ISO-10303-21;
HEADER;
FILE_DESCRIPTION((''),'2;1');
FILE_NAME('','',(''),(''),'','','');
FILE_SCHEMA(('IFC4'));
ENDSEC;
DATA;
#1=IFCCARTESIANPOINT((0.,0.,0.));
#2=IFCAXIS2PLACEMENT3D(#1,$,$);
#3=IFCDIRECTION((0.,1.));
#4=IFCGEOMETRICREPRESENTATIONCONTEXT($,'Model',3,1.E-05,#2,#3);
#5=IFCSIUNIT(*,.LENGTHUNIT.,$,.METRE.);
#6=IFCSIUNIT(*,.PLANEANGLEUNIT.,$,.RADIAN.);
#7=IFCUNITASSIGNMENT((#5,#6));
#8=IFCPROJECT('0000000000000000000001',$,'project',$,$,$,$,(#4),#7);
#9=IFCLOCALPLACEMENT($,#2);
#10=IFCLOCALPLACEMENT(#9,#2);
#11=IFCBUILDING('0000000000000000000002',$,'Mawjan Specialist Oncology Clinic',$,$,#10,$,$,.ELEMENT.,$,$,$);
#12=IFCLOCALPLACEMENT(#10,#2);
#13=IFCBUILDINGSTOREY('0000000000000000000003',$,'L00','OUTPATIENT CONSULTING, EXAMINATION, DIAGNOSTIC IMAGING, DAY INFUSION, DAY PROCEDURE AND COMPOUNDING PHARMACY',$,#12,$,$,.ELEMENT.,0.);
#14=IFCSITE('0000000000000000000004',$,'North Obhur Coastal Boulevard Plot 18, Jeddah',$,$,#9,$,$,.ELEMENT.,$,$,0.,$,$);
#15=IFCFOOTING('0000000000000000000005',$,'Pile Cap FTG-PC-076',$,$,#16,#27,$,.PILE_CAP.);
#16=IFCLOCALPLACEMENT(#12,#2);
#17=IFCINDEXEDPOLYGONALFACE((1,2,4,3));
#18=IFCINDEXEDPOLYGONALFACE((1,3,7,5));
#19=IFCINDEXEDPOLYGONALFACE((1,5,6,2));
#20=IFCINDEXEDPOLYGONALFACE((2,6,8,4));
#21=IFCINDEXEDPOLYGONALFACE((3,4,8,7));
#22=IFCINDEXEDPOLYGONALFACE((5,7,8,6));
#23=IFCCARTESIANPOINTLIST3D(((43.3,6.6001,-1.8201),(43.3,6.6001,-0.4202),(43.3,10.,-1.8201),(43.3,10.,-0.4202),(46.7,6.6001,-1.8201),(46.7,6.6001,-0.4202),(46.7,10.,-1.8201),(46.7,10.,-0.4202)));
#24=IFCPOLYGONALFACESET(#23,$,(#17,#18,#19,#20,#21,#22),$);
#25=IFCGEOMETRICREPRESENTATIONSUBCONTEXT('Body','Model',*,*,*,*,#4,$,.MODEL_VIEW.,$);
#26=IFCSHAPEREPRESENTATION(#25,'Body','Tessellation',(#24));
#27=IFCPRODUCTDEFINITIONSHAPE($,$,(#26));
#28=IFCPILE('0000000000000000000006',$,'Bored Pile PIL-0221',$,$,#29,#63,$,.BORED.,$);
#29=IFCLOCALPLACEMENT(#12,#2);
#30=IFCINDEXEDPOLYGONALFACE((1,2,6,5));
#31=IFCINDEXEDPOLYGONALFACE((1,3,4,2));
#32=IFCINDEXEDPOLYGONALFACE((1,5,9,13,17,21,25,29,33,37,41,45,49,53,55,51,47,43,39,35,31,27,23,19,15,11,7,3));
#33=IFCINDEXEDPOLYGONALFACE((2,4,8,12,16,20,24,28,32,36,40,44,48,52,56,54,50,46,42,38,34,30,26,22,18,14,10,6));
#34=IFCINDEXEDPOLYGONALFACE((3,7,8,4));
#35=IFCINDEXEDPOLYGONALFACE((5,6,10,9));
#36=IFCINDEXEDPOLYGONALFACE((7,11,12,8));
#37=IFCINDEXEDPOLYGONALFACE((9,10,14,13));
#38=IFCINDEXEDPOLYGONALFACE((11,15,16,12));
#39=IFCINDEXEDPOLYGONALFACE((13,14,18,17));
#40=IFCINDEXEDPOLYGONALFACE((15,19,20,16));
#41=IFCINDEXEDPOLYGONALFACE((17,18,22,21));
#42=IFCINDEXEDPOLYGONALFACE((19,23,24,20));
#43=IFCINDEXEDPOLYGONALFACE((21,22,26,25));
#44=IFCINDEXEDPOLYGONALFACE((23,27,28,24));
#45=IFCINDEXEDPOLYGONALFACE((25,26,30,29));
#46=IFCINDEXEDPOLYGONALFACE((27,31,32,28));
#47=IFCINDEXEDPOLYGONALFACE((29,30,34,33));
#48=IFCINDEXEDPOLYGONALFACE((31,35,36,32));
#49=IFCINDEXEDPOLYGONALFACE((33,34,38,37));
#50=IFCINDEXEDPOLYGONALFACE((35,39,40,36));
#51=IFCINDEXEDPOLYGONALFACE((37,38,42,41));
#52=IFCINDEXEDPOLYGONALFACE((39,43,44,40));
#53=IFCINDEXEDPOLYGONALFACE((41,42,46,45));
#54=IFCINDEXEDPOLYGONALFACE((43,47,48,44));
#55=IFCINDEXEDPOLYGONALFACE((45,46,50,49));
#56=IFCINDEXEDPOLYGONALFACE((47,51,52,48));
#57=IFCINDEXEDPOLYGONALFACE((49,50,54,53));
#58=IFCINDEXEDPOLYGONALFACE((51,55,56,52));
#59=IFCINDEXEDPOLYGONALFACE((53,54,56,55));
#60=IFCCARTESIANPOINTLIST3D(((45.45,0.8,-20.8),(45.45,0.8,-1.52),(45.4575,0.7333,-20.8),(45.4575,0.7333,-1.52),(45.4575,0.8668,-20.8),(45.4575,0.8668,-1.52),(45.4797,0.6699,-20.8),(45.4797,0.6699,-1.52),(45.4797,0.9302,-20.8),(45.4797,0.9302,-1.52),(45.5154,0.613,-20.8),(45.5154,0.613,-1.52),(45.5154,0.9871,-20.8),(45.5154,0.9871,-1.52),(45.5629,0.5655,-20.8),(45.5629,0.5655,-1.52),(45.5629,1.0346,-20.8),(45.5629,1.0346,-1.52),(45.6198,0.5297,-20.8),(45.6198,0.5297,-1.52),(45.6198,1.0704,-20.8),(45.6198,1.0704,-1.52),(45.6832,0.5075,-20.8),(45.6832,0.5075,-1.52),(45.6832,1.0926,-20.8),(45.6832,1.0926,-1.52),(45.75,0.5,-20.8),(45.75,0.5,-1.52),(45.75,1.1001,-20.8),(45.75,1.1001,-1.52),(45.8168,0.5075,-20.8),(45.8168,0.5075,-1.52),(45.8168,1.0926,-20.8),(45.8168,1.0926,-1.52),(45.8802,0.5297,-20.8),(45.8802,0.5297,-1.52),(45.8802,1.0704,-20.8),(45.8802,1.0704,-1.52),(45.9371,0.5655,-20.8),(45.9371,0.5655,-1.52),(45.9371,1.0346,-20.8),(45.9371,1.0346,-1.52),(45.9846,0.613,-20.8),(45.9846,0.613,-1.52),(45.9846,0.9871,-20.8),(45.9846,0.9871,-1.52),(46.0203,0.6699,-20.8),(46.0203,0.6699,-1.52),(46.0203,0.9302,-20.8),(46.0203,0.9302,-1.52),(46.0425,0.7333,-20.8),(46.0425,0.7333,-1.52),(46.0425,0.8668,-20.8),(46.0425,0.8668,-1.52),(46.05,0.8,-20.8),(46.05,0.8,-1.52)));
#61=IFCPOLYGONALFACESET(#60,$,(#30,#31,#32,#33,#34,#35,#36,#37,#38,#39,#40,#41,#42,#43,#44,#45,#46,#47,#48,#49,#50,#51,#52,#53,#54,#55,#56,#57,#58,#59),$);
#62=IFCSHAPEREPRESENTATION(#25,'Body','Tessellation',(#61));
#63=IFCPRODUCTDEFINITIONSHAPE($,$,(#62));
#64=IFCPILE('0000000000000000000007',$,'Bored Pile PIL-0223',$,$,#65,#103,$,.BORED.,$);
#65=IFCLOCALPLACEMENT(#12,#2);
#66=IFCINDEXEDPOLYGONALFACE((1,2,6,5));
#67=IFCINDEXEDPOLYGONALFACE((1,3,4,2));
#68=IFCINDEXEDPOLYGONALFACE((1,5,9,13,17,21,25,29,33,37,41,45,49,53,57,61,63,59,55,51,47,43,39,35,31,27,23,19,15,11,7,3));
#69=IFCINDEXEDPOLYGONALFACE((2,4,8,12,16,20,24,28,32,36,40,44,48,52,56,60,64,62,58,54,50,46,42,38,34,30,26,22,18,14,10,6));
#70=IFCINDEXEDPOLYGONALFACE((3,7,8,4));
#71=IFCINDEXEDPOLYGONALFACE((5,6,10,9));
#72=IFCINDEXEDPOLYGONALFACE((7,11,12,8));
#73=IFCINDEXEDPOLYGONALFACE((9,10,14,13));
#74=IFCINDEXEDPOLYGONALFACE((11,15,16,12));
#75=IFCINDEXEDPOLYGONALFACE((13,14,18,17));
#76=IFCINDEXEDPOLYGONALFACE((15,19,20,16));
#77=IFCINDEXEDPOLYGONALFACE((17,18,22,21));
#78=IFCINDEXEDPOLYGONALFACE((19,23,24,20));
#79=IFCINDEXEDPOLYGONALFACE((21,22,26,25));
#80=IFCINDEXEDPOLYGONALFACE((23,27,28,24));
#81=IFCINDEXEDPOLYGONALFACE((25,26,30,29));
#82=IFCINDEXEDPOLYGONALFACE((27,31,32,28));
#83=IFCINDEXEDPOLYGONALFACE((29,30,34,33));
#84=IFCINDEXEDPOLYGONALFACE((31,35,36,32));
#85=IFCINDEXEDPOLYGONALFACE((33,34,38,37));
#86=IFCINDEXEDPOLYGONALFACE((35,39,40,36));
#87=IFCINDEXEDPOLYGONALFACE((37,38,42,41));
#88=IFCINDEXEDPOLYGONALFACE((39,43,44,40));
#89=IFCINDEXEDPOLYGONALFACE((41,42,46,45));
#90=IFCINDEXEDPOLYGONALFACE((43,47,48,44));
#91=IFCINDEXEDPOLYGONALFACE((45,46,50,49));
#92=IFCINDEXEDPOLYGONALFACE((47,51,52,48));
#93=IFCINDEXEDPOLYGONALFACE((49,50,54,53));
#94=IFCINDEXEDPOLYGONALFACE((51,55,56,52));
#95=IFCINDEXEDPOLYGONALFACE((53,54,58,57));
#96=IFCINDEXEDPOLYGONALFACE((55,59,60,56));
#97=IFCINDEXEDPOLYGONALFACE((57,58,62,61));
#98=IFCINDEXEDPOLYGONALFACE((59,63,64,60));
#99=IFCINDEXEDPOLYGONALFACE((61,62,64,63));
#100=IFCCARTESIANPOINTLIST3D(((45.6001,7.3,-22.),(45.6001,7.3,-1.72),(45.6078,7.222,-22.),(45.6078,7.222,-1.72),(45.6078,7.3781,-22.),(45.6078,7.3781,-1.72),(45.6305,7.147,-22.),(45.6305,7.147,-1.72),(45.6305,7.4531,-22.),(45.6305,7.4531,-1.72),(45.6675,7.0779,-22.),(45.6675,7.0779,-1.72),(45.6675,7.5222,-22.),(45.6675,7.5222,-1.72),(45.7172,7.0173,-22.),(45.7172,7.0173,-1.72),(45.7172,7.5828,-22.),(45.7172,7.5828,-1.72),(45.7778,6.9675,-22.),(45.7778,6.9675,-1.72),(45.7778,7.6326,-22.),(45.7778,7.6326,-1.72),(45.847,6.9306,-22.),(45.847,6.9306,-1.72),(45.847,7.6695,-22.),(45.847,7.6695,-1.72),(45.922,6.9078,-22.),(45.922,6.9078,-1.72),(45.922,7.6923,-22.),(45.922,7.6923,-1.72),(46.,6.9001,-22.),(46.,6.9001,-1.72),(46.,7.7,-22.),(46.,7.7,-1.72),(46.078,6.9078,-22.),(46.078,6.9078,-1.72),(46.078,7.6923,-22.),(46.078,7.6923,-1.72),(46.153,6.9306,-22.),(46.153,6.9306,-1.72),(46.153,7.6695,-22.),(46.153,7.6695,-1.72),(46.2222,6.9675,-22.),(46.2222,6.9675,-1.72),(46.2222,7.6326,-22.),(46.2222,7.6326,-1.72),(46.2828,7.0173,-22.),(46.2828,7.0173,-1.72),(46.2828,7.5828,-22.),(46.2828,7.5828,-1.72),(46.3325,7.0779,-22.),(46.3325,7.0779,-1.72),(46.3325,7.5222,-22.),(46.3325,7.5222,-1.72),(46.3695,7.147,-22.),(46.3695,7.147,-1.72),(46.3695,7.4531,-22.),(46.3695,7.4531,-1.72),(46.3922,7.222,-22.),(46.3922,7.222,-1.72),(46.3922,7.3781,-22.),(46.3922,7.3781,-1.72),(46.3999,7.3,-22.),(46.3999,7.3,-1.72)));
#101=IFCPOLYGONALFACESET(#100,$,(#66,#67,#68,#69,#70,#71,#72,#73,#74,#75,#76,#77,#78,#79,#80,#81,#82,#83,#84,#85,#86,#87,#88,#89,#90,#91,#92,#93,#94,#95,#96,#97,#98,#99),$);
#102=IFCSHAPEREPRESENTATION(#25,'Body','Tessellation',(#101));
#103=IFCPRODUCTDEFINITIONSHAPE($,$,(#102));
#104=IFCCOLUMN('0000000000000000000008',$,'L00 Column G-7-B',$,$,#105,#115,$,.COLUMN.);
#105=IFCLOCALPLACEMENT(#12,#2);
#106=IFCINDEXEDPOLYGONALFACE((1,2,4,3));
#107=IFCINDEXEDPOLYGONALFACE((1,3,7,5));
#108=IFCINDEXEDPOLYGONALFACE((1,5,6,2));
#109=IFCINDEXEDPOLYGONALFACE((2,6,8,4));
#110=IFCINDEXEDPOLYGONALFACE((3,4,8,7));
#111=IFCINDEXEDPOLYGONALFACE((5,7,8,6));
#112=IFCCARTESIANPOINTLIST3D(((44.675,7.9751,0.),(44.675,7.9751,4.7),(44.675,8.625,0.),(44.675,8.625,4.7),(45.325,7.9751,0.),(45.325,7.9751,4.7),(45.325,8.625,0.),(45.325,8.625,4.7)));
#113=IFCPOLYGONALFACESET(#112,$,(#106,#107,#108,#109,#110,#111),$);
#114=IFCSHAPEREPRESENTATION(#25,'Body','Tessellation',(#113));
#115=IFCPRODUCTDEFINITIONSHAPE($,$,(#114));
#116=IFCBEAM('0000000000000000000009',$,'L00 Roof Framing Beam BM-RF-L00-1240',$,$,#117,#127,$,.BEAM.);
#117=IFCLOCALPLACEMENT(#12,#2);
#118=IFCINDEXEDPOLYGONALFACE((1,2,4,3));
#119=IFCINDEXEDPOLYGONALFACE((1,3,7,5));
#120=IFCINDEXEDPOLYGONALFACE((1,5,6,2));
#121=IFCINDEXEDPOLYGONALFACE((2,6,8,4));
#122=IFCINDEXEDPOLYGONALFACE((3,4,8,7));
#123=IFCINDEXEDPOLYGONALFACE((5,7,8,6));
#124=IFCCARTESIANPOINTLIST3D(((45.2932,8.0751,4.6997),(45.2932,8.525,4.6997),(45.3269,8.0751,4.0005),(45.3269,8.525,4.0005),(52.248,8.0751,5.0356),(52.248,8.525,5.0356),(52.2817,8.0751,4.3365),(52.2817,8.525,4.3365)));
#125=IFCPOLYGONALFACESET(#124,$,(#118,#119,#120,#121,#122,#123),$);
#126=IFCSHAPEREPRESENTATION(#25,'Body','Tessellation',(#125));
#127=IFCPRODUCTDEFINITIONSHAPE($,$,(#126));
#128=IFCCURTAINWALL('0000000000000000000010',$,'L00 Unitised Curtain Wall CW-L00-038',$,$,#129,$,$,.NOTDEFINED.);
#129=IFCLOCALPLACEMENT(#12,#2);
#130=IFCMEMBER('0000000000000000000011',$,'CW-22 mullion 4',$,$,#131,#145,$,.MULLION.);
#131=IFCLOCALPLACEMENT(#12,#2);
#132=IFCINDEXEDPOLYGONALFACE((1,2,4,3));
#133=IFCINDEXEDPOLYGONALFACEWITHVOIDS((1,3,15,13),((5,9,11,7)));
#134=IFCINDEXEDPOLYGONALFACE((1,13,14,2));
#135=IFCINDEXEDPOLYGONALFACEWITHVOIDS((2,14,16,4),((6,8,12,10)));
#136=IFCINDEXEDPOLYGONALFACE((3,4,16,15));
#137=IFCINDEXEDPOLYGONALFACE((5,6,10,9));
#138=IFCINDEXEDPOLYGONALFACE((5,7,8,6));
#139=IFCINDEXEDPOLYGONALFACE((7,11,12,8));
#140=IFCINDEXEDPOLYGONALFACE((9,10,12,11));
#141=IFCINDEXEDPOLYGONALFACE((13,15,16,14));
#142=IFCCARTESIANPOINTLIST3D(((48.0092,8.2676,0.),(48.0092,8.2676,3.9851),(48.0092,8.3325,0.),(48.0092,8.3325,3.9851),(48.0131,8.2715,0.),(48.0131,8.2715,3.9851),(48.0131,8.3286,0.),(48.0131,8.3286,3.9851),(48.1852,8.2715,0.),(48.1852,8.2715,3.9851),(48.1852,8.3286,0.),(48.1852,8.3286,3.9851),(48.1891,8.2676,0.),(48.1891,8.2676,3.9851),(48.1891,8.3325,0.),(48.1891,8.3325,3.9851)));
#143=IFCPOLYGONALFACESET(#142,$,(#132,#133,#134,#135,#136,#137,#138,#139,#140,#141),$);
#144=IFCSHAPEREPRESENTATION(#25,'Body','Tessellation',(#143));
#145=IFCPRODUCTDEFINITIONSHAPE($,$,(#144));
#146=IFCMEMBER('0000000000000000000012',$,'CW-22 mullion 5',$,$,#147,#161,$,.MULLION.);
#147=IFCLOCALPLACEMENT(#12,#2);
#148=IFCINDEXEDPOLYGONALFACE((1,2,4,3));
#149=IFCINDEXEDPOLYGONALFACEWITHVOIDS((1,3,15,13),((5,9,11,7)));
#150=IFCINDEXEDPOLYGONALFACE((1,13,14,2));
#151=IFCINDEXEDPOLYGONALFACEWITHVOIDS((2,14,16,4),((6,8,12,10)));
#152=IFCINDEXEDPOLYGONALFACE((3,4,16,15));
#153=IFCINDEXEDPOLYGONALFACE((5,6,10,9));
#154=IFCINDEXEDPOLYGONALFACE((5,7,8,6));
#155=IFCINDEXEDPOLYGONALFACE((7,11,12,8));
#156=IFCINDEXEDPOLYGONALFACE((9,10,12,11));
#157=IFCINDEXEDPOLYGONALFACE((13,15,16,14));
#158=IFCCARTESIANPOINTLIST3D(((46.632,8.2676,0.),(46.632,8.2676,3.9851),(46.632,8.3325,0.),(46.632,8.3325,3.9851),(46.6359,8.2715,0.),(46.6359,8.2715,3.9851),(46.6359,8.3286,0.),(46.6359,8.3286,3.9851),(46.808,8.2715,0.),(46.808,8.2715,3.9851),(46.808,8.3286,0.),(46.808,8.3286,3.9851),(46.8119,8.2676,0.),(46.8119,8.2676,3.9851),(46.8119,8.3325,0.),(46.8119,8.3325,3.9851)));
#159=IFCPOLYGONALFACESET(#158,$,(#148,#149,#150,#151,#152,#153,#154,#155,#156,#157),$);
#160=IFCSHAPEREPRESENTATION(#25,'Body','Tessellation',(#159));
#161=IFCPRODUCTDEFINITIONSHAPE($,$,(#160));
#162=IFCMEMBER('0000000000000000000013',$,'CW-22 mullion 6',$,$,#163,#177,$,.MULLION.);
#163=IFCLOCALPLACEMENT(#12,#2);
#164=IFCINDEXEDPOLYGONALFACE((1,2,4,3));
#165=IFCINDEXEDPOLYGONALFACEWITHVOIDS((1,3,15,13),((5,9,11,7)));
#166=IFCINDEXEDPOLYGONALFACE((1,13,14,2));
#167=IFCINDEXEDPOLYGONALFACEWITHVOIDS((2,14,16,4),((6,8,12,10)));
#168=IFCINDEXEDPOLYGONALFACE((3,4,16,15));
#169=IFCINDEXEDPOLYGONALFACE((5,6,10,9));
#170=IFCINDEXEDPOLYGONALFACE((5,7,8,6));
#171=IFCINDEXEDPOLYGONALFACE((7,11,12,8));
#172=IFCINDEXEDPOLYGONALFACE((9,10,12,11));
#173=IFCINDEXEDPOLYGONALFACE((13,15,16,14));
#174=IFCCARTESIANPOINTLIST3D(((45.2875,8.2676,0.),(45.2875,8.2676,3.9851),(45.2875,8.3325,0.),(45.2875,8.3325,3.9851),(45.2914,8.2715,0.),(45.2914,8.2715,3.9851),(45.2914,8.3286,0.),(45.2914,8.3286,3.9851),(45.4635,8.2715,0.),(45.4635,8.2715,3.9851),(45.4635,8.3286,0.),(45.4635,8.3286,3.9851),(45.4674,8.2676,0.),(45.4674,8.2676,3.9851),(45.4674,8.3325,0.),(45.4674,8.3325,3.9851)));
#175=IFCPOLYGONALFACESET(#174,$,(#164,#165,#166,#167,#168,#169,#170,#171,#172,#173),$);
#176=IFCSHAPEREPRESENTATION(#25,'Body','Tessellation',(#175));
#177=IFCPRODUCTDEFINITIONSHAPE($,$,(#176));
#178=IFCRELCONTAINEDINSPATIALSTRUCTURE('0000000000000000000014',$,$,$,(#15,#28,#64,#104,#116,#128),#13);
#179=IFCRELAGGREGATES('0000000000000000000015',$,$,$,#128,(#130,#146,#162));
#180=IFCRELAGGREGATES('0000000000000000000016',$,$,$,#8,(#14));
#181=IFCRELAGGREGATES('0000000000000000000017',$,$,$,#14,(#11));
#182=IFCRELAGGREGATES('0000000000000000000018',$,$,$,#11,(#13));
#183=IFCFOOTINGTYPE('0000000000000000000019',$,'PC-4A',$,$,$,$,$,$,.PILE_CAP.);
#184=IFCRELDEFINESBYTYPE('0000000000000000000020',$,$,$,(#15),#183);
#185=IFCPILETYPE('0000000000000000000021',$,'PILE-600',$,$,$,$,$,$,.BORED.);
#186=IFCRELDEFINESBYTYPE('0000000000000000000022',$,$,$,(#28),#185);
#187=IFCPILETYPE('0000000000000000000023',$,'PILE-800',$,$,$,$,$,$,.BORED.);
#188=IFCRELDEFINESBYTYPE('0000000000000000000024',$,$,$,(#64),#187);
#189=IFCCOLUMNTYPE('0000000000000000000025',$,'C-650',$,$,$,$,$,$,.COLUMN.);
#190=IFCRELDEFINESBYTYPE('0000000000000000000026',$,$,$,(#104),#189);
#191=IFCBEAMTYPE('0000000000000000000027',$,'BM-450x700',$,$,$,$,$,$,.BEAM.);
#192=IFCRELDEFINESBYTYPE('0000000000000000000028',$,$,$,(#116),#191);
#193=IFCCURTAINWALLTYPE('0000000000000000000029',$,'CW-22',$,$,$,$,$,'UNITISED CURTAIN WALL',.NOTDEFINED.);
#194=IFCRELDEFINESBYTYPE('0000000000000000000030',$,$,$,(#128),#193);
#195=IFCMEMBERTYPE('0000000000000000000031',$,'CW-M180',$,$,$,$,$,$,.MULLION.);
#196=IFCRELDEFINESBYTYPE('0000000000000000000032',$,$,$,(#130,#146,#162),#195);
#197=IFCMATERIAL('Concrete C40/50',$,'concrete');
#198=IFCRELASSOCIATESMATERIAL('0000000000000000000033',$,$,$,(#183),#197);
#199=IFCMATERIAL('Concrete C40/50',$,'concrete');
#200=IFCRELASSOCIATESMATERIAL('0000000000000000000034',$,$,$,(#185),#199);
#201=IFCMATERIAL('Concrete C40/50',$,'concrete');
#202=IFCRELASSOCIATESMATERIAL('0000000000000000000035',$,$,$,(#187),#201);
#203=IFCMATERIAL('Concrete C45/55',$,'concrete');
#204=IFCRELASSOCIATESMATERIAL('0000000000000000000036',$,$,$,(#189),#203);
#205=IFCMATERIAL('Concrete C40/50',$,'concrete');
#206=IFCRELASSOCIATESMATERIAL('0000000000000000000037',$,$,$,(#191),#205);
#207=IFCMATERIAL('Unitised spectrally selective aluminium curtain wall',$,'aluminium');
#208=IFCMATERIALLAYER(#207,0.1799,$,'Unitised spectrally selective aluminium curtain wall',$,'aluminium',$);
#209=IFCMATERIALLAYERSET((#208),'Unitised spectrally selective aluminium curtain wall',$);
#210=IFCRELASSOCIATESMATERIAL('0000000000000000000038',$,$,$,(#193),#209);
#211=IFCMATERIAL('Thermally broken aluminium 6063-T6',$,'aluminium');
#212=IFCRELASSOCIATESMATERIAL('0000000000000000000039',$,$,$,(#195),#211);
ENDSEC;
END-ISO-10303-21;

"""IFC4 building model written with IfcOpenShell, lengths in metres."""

from ifc_helpers import new_model, si_unit, direction, frame, origin, origin_2d, place, context, subcontext, project, spatial, rectangle, hollow_rectangle, circle, extrude, material, layer, layer_set, material_profile, profile_set, type_object, element, aggregate, save


model = new_model("IFC4")

# Units and contexts
model_context = context("Model", 3, precision=1e-05, world=origin(), true_north=direction((0.0, 1.0)))
body_context = subcontext(model_context, "Body", "Model", "MODEL_VIEW")
ifc_project = project(units=[si_unit("LENGTHUNIT", "METRE"), si_unit("PLANEANGLEUNIT", "RADIAN")], contexts=[model_context])

# Site, building, storey
site_placement = place(None, origin())
site = spatial("IfcSite", under=ifc_project, at=site_placement, Name="North Obhur Coastal Boulevard Plot 18, Jeddah", CompositionType="ELEMENT", RefElevation=0.0)
building_placement = place(site_placement, origin())
building = spatial("IfcBuilding", under=site, at=building_placement, Name="Mawjan Specialist Oncology Clinic", CompositionType="ELEMENT")
storey_placement = place(building_placement, origin())
storey = spatial("IfcBuildingStorey", under=building, at=storey_placement, Name="L00", Description="OUTPATIENT CONSULTING, EXAMINATION, DIAGNOSTIC IMAGING, DAY INFUSION, DAY PROCEDURE AND COMPOUNDING PHARMACY", CompositionType="ELEMENT", Elevation=0.0)

# Footing
ifc_material_1 = material(Name="Concrete C40/50", Category="concrete")
footing_type = type_object("IfcFootingType", Name="PC-4A", PredefinedType="PILE_CAP", material=ifc_material_1)
footing_placement = place(storey_placement, frame((45.0, 8.3, -1.8201), z_axis=(0.0, 0.0, 1.0), x_axis=(1.0, 0.0, 0.0)))
element("IfcFooting", 1, at=footing_placement, inside=storey, type_object=footing_type, Name="Pile Cap FTG-PC-076", PredefinedType="PILE_CAP", context=body_context, shape_type="SweptSolid", body=[
    extrude(rectangle(XDim=3.3999, YDim=3.3999, at=origin_2d()), origin(), (0.0, 0.0, 1.0), 1.3999),
])

# Piles
ifc_material_2 = material(Name="Concrete C40/50", Category="concrete")
ifc_material_profile_1 = material_profile(ifc_material_2, circle(Radius=0.3, at=origin_2d()), Name="BORED PILE D600", Category="concrete")
ifc_profile_set_1 = profile_set([ifc_material_profile_1], Name="Concrete C40/50")
pile_type_1 = type_object("IfcPileType", Name="PILE-600", PredefinedType="BORED", material=ifc_profile_set_1)
pile_1_placement = place(storey_placement, frame((45.75, 0.8, -1.52), z_axis=(0.0, 0.0, -1.0), x_axis=(1.0, 0.0, 0.0)))
element("IfcPile", 2, at=pile_1_placement, inside=storey, type_object=pile_type_1, Name="Bored Pile PIL-0221", PredefinedType="BORED", context=body_context, shape_type="SweptSolid", body=[
    extrude(circle(Radius=0.3, at=origin_2d()), origin(), (0.0, 0.0, 1.0), 19.28),
])
ifc_material_3 = material(Name="Concrete C40/50", Category="concrete")
ifc_material_profile_2 = material_profile(ifc_material_3, circle(Radius=0.3999, at=origin_2d()), Name="BORED PILE D800", Category="concrete")
ifc_profile_set_2 = profile_set([ifc_material_profile_2], Name="Concrete C40/50")
pile_type_2 = type_object("IfcPileType", Name="PILE-800", PredefinedType="BORED", material=ifc_profile_set_2)
pile_2_placement = place(storey_placement, frame((46.0, 7.3, -1.72), z_axis=(0.0, 0.0, -1.0), x_axis=(1.0, 0.0, 0.0)))
element("IfcPile", 3, at=pile_2_placement, inside=storey, type_object=pile_type_2, Name="Bored Pile PIL-0223", PredefinedType="BORED", context=body_context, shape_type="SweptSolid", body=[
    extrude(circle(Radius=0.3999, at=origin_2d()), origin(), (0.0, 0.0, 1.0), 20.28),
])

# Column
ifc_material_4 = material(Name="Concrete C45/55", Category="concrete")
ifc_material_profile_3 = material_profile(ifc_material_4, rectangle(XDim=0.6499, YDim=0.6499, at=origin_2d()), Name="RC COL 650x650", Category="concrete")
ifc_profile_set_3 = profile_set([ifc_material_profile_3], Name="Concrete C45/55")
column_type = type_object("IfcColumnType", Name="C-650", PredefinedType="COLUMN", material=ifc_profile_set_3)
column_placement = place(storey_placement, frame((45.0, 8.3, 0.0), z_axis=(0.0, 0.0, 1.0), x_axis=(1.0, 0.0, 0.0)))
element("IfcColumn", 4, at=column_placement, inside=storey, type_object=column_type, Name="L00 Column G-7-B", PredefinedType="COLUMN", context=body_context, shape_type="SweptSolid", body=[
    extrude(rectangle(XDim=0.6499, YDim=0.6499, at=origin_2d()), origin(), (0.0, 0.0, 1.0), 4.7),
])

# Beam
ifc_material_5 = material(Name="Concrete C40/50", Category="concrete")
ifc_material_profile_4 = material_profile(ifc_material_5, rectangle(XDim=0.45, YDim=0.7, at=origin_2d()), Name="RC BM 450x700", Category="concrete")
ifc_profile_set_4 = profile_set([ifc_material_profile_4], Name="Concrete C40/50")
beam_type = type_object("IfcBeamType", Name="BM-450x700", PredefinedType="BEAM", material=ifc_profile_set_4)
beam_placement = place(storey_placement, frame((45.3101, 8.3, 4.3501), z_axis=(0.998835, 0.0, 0.048246), x_axis=(0.0, 1.0, 0.0)))
element("IfcBeam", 5, at=beam_placement, inside=storey, type_object=beam_type, Name="L00 Roof Framing Beam BM-RF-L00-1240", PredefinedType="BEAM", context=body_context, shape_type="SweptSolid", body=[
    extrude(rectangle(XDim=0.45, YDim=0.7, at=origin_2d()), origin(), (0.0, 0.0, 1.0), 6.9629),
])

# Curtain wall, members
ifc_material_6 = material(Name="Unitised spectrally selective aluminium curtain wall", Category="aluminium")
ifc_layer_1 = layer(ifc_material_6, 0.1799, Name="Unitised spectrally selective aluminium curtain wall", Category="aluminium")
ifc_layer_set_1 = layer_set([ifc_layer_1], Name="Unitised spectrally selective aluminium curtain wall")
curtain_wall_type = type_object("IfcCurtainWallType", Name="CW-22", ElementType="UNITISED CURTAIN WALL", PredefinedType="NOTDEFINED", material=ifc_layer_set_1)
curtain_wall_placement = place(storey_placement, origin())
curtain_wall = element("IfcCurtainWall", 6, at=curtain_wall_placement, inside=storey, type_object=curtain_wall_type, Name="L00 Unitised Curtain Wall CW-L00-038", PredefinedType="NOTDEFINED")
ifc_material_7 = material(Name="Thermally broken aluminium 6063-T6", Category="aluminium")
ifc_material_profile_5 = material_profile(ifc_material_7, hollow_rectangle(XDim=0.0649, YDim=0.1799, WallThickness=0.0039, at=origin_2d()), Name="ALU MULLION 180x65x4", Category="aluminium")
ifc_profile_set_5 = profile_set([ifc_material_profile_5], Name="Thermally broken aluminium 6063-T6")
member_type_1 = type_object("IfcMemberType", Name="CW-M180", PredefinedType="MULLION", material=ifc_profile_set_5)
member_1_placement = place(storey_placement, frame((48.0991, 8.3, 0.0), z_axis=(0.0, 0.0, 1.0), x_axis=(0.0, -1.0, 0.0)))
member_1 = element("IfcMember", 7, at=member_1_placement, type_object=member_type_1, Name="CW-22 mullion 4", PredefinedType="MULLION", context=body_context, shape_type="SweptSolid", body=[
    extrude(hollow_rectangle(XDim=0.0649, YDim=0.1799, WallThickness=0.0039, at=origin_2d()), origin(), (0.0, 0.0, 1.0), 3.9851),
])
member_2_placement = place(storey_placement, frame((46.7219, 8.3, 0.0), z_axis=(0.0, 0.0, 1.0), x_axis=(0.0, -1.0, 0.0)))
member_2 = element("IfcMember", 8, at=member_2_placement, type_object=member_type_1, Name="CW-22 mullion 5", PredefinedType="MULLION", context=body_context, shape_type="SweptSolid", body=[
    extrude(hollow_rectangle(XDim=0.0649, YDim=0.1799, WallThickness=0.0039, at=origin_2d()), origin(), (0.0, 0.0, 1.0), 3.9851),
])
member_3_placement = place(storey_placement, frame((45.3774, 8.3, 0.0), z_axis=(0.0, 0.0, 1.0), x_axis=(0.0, -1.0, 0.0)))
member_3 = element("IfcMember", 9, at=member_3_placement, type_object=member_type_1, Name="CW-22 mullion 6", PredefinedType="MULLION", context=body_context, shape_type="SweptSolid", body=[
    extrude(hollow_rectangle(XDim=0.0649, YDim=0.1799, WallThickness=0.0039, at=origin_2d()), origin(), (0.0, 0.0, 1.0), 3.9851),
])
aggregate(curtain_wall, [member_1, member_2, member_3])

save(model, "model.ifc")
